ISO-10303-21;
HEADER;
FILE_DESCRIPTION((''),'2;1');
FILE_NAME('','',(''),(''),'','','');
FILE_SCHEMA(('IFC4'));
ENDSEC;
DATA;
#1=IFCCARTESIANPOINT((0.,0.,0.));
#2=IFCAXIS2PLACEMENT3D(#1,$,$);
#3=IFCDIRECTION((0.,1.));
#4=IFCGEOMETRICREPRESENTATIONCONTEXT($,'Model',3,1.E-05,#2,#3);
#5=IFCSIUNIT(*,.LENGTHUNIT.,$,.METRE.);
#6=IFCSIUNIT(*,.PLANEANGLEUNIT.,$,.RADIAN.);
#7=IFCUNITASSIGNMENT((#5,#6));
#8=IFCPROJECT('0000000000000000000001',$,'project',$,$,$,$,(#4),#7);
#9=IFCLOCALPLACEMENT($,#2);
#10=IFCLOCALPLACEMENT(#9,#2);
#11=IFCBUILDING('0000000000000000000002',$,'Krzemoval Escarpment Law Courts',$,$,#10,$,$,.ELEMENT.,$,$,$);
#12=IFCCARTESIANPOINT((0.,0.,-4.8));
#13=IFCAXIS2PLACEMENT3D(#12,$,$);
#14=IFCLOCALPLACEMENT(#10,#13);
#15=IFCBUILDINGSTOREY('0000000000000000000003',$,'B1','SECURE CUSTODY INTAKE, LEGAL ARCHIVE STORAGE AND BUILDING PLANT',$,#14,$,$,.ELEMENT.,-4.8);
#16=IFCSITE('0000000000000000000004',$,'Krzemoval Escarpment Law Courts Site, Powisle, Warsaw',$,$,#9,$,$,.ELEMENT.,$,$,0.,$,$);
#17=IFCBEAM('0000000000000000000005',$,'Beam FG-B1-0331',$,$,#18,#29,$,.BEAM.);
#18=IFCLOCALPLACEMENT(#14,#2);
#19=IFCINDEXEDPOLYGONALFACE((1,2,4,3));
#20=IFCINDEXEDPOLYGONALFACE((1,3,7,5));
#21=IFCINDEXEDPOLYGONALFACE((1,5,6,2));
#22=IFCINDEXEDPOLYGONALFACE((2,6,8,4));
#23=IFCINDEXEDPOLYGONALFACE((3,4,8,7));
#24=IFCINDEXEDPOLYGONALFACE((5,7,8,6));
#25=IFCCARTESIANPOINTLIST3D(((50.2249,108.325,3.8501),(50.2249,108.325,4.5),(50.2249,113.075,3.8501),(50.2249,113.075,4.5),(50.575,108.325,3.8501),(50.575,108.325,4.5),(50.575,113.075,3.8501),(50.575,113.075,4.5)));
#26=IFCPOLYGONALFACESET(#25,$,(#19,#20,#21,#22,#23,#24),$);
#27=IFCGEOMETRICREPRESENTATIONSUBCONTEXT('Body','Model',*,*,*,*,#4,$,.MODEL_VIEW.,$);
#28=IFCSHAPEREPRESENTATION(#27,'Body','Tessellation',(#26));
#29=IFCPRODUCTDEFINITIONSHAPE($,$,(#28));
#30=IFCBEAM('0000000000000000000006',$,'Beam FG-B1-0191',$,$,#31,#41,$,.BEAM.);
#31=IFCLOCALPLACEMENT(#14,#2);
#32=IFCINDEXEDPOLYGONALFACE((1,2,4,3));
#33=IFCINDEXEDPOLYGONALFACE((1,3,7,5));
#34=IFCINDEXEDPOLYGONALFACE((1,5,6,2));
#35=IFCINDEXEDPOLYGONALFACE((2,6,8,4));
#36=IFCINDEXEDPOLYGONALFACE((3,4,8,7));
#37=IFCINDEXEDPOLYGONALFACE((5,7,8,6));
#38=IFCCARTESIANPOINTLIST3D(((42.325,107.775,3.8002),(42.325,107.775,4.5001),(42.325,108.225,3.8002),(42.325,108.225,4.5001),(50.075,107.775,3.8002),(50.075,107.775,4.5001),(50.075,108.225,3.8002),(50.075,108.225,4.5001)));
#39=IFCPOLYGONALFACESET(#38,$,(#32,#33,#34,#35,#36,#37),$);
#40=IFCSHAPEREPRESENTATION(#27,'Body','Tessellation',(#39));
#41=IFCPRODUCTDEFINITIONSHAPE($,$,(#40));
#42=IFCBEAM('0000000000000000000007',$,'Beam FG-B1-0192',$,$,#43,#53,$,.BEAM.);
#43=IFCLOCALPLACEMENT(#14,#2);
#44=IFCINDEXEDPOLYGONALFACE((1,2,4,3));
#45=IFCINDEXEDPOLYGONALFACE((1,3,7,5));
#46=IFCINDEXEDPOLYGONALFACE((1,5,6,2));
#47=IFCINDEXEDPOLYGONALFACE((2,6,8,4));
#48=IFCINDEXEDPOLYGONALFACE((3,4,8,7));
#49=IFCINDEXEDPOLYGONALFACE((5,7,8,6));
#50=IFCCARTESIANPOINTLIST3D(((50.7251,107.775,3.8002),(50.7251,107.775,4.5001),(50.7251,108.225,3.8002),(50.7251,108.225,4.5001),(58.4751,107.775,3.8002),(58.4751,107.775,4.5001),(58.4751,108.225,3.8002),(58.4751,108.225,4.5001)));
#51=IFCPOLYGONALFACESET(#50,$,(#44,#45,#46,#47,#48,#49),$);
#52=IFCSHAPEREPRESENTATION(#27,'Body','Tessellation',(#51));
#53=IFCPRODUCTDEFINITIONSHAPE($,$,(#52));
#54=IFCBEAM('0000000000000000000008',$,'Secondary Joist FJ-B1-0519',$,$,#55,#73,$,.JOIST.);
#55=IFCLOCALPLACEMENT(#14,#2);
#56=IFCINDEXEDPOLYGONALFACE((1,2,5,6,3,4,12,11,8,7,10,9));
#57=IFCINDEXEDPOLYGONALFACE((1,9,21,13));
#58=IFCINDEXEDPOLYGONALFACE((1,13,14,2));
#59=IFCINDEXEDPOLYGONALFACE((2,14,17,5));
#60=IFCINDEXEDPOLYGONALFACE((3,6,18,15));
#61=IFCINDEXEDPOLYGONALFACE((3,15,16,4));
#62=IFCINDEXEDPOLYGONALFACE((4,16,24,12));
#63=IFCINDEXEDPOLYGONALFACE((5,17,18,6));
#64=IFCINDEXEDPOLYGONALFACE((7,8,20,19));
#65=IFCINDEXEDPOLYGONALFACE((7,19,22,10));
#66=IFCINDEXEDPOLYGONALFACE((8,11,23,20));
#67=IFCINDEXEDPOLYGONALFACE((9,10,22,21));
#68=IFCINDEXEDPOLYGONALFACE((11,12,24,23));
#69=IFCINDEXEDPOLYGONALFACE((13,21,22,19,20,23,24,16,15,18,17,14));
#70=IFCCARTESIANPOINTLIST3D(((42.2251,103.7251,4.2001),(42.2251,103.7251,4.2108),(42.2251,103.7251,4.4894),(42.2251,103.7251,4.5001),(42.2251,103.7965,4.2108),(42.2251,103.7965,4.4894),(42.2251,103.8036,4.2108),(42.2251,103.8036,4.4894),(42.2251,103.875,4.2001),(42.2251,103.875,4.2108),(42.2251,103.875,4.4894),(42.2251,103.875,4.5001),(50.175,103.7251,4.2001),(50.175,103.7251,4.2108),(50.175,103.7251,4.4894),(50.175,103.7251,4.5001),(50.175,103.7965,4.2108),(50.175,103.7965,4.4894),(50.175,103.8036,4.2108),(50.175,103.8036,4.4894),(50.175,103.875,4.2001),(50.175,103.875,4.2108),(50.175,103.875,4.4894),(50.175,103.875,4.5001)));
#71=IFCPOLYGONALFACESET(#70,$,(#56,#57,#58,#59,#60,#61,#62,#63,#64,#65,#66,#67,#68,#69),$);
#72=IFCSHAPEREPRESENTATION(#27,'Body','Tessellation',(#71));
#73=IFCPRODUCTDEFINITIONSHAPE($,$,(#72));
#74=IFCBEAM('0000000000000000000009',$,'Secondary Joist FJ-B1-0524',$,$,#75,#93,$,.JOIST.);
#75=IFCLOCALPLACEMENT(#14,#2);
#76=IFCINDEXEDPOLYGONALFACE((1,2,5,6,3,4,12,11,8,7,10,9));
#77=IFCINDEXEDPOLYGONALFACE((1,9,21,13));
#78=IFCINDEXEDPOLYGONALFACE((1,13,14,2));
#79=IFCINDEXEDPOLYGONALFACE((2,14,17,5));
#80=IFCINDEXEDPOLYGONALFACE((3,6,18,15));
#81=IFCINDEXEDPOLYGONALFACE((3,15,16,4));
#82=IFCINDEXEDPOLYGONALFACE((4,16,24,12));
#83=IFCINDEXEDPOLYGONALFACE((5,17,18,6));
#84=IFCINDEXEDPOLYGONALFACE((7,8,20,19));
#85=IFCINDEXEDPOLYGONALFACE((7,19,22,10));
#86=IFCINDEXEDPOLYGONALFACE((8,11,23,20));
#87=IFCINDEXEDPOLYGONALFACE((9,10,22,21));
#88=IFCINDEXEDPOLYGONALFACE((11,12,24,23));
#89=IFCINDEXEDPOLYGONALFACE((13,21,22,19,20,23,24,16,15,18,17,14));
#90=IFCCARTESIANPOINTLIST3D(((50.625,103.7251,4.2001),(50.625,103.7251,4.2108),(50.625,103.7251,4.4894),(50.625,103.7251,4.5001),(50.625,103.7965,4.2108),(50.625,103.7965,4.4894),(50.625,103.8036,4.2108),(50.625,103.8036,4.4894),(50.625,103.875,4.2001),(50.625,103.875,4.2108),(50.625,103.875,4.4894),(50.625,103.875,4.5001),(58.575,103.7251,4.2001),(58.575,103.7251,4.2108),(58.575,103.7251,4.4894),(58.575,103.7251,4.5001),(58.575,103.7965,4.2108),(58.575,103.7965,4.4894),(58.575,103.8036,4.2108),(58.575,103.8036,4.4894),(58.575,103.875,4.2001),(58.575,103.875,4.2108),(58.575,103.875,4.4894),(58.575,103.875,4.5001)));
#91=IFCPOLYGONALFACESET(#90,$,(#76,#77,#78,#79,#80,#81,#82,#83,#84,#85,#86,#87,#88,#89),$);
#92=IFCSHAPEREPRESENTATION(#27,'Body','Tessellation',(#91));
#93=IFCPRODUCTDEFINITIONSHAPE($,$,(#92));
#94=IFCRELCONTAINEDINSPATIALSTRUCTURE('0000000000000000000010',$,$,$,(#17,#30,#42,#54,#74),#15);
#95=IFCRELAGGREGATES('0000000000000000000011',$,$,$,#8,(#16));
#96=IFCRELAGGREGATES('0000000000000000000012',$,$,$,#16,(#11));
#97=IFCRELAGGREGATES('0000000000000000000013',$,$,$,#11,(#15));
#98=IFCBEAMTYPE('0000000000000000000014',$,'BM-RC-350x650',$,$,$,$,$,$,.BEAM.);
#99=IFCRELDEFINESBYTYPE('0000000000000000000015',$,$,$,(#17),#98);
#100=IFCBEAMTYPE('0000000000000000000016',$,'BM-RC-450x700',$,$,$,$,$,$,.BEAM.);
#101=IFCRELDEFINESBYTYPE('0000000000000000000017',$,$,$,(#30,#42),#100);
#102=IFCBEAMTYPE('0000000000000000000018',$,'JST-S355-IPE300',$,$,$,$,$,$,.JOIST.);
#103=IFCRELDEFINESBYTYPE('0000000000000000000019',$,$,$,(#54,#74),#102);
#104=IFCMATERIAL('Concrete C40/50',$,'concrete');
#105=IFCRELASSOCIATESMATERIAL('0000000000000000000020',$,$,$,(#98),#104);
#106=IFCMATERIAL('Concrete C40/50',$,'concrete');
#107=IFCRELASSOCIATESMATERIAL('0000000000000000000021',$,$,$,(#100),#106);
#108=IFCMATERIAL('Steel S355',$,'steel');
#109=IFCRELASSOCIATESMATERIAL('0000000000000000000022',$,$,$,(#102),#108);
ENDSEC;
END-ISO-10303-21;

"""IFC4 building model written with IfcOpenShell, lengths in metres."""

from ifc_helpers import new_model, si_unit, direction, frame, origin, origin_2d, place, context, subcontext, project, spatial, rectangle, i_section, extrude, material, material_profile, profile_set, type_object, element, save


model = new_model("IFC4")

# Units and contexts
model_context = context("Model", 3, precision=1e-05, world=origin(), true_north=direction((0.0, 1.0)))
body_context = subcontext(model_context, "Body", "Model", "MODEL_VIEW")
ifc_project = project(units=[si_unit("LENGTHUNIT", "METRE"), si_unit("PLANEANGLEUNIT", "RADIAN")], contexts=[model_context])

# Site, building, storey
site_placement = place(None, origin())
site = spatial("IfcSite", under=ifc_project, at=site_placement, Name="Krzemoval Escarpment Law Courts Site, Powisle, Warsaw", CompositionType="ELEMENT", RefElevation=0.0)
building_placement = place(site_placement, origin())
building = spatial("IfcBuilding", under=site, at=building_placement, Name="Krzemoval Escarpment Law Courts", CompositionType="ELEMENT")
storey_placement = place(building_placement, frame((0.0, 0.0, -4.8)))
storey = spatial("IfcBuildingStorey", under=building, at=storey_placement, Name="B1", Description="SECURE CUSTODY INTAKE, LEGAL ARCHIVE STORAGE AND BUILDING PLANT", CompositionType="ELEMENT", Elevation=-4.8)

# Beams
ifc_material_1 = material(Name="Concrete C40/50", Category="concrete")
ifc_material_profile_1 = material_profile(ifc_material_1, rectangle(XDim=0.3501, YDim=0.6499, at=origin_2d()), Name="RCB 350x650")
ifc_profile_set_1 = profile_set([ifc_material_profile_1], Name="Concrete C40/50")
beam_type_1 = type_object("IfcBeamType", Name="BM-RC-350x650", PredefinedType="BEAM", material=ifc_profile_set_1)
beam_placement = place(storey_placement, frame((50.3999, 108.325, 4.175), z_axis=(0.0, 1.0, 0.0), x_axis=(-1.0, 0.0, 0.0)))
element("IfcBeam", 1, at=beam_placement, inside=storey, type_object=beam_type_1, Name="Beam FG-B1-0331", PredefinedType="BEAM", context=body_context, shape_type="SweptSolid", body=[
    extrude(rectangle(XDim=0.3501, YDim=0.6499, at=origin_2d()), origin(), (0.0, 0.0, 1.0), 4.75),
])
ifc_material_2 = material(Name="Concrete C40/50", Category="concrete")
ifc_material_profile_2 = material_profile(ifc_material_2, rectangle(XDim=0.45, YDim=0.7, at=origin_2d()), Name="RCB 450x700")
ifc_profile_set_2 = profile_set([ifc_material_profile_2], Name="Concrete C40/50")
beam_type_2 = type_object("IfcBeamType", Name="BM-RC-450x700", PredefinedType="BEAM", material=ifc_profile_set_2)
for number, where, z_axis, x_axis, name in (
    (2, (42.325, 108.0, 4.1501), (1.0, 0.0, 0.0), (0.0, 1.0, 0.0), "Beam FG-B1-0191"),
    (3, (50.7251, 108.0, 4.1501), (1.0, 0.0, 0.0), (0.0, 1.0, 0.0), "Beam FG-B1-0192"),
):
    element("IfcBeam", number, at=place(storey_placement, frame(where, z_axis=z_axis, x_axis=x_axis)), inside=storey, type_object=beam_type_2, Name=name, PredefinedType="BEAM", context=body_context, shape_type="SweptSolid", body=[
        extrude(rectangle(XDim=0.45, YDim=0.7, at=origin_2d()), origin(), (0.0, 0.0, 1.0), 7.75),
    ])
ifc_material_3 = material(Name="Steel S355", Category="steel")
ifc_material_profile_3 = material_profile(ifc_material_3, i_section(OverallWidth=0.1499, OverallDepth=0.3, WebThickness=0.0071, FlangeThickness=0.0107, at=origin_2d()), Name="IPE 300")
ifc_profile_set_3 = profile_set([ifc_material_profile_3], Name="Steel S355")
beam_type_3 = type_object("IfcBeamType", Name="JST-S355-IPE300", PredefinedType="JOIST", material=ifc_profile_set_3)
for number, where, z_axis, x_axis, name in (
    (4, (42.2251, 103.8, 4.3501), (1.0, 0.0, 0.0), (0.0, 1.0, 0.0), "Secondary Joist FJ-B1-0519"),
    (5, (50.625, 103.8, 4.3501), (1.0, 0.0, 0.0), (0.0, 1.0, 0.0), "Secondary Joist FJ-B1-0524"),
):
    element("IfcBeam", number, at=place(storey_placement, frame(where, z_axis=z_axis, x_axis=x_axis)), inside=storey, type_object=beam_type_3, Name=name, PredefinedType="JOIST", context=body_context, shape_type="SweptSolid", body=[
        extrude(i_section(OverallWidth=0.1499, OverallDepth=0.3, WebThickness=0.0071, FlangeThickness=0.0107, at=origin_2d()), origin(), (0.0, 0.0, 1.0), 7.95),
    ])

save(model, "model.ifc")
